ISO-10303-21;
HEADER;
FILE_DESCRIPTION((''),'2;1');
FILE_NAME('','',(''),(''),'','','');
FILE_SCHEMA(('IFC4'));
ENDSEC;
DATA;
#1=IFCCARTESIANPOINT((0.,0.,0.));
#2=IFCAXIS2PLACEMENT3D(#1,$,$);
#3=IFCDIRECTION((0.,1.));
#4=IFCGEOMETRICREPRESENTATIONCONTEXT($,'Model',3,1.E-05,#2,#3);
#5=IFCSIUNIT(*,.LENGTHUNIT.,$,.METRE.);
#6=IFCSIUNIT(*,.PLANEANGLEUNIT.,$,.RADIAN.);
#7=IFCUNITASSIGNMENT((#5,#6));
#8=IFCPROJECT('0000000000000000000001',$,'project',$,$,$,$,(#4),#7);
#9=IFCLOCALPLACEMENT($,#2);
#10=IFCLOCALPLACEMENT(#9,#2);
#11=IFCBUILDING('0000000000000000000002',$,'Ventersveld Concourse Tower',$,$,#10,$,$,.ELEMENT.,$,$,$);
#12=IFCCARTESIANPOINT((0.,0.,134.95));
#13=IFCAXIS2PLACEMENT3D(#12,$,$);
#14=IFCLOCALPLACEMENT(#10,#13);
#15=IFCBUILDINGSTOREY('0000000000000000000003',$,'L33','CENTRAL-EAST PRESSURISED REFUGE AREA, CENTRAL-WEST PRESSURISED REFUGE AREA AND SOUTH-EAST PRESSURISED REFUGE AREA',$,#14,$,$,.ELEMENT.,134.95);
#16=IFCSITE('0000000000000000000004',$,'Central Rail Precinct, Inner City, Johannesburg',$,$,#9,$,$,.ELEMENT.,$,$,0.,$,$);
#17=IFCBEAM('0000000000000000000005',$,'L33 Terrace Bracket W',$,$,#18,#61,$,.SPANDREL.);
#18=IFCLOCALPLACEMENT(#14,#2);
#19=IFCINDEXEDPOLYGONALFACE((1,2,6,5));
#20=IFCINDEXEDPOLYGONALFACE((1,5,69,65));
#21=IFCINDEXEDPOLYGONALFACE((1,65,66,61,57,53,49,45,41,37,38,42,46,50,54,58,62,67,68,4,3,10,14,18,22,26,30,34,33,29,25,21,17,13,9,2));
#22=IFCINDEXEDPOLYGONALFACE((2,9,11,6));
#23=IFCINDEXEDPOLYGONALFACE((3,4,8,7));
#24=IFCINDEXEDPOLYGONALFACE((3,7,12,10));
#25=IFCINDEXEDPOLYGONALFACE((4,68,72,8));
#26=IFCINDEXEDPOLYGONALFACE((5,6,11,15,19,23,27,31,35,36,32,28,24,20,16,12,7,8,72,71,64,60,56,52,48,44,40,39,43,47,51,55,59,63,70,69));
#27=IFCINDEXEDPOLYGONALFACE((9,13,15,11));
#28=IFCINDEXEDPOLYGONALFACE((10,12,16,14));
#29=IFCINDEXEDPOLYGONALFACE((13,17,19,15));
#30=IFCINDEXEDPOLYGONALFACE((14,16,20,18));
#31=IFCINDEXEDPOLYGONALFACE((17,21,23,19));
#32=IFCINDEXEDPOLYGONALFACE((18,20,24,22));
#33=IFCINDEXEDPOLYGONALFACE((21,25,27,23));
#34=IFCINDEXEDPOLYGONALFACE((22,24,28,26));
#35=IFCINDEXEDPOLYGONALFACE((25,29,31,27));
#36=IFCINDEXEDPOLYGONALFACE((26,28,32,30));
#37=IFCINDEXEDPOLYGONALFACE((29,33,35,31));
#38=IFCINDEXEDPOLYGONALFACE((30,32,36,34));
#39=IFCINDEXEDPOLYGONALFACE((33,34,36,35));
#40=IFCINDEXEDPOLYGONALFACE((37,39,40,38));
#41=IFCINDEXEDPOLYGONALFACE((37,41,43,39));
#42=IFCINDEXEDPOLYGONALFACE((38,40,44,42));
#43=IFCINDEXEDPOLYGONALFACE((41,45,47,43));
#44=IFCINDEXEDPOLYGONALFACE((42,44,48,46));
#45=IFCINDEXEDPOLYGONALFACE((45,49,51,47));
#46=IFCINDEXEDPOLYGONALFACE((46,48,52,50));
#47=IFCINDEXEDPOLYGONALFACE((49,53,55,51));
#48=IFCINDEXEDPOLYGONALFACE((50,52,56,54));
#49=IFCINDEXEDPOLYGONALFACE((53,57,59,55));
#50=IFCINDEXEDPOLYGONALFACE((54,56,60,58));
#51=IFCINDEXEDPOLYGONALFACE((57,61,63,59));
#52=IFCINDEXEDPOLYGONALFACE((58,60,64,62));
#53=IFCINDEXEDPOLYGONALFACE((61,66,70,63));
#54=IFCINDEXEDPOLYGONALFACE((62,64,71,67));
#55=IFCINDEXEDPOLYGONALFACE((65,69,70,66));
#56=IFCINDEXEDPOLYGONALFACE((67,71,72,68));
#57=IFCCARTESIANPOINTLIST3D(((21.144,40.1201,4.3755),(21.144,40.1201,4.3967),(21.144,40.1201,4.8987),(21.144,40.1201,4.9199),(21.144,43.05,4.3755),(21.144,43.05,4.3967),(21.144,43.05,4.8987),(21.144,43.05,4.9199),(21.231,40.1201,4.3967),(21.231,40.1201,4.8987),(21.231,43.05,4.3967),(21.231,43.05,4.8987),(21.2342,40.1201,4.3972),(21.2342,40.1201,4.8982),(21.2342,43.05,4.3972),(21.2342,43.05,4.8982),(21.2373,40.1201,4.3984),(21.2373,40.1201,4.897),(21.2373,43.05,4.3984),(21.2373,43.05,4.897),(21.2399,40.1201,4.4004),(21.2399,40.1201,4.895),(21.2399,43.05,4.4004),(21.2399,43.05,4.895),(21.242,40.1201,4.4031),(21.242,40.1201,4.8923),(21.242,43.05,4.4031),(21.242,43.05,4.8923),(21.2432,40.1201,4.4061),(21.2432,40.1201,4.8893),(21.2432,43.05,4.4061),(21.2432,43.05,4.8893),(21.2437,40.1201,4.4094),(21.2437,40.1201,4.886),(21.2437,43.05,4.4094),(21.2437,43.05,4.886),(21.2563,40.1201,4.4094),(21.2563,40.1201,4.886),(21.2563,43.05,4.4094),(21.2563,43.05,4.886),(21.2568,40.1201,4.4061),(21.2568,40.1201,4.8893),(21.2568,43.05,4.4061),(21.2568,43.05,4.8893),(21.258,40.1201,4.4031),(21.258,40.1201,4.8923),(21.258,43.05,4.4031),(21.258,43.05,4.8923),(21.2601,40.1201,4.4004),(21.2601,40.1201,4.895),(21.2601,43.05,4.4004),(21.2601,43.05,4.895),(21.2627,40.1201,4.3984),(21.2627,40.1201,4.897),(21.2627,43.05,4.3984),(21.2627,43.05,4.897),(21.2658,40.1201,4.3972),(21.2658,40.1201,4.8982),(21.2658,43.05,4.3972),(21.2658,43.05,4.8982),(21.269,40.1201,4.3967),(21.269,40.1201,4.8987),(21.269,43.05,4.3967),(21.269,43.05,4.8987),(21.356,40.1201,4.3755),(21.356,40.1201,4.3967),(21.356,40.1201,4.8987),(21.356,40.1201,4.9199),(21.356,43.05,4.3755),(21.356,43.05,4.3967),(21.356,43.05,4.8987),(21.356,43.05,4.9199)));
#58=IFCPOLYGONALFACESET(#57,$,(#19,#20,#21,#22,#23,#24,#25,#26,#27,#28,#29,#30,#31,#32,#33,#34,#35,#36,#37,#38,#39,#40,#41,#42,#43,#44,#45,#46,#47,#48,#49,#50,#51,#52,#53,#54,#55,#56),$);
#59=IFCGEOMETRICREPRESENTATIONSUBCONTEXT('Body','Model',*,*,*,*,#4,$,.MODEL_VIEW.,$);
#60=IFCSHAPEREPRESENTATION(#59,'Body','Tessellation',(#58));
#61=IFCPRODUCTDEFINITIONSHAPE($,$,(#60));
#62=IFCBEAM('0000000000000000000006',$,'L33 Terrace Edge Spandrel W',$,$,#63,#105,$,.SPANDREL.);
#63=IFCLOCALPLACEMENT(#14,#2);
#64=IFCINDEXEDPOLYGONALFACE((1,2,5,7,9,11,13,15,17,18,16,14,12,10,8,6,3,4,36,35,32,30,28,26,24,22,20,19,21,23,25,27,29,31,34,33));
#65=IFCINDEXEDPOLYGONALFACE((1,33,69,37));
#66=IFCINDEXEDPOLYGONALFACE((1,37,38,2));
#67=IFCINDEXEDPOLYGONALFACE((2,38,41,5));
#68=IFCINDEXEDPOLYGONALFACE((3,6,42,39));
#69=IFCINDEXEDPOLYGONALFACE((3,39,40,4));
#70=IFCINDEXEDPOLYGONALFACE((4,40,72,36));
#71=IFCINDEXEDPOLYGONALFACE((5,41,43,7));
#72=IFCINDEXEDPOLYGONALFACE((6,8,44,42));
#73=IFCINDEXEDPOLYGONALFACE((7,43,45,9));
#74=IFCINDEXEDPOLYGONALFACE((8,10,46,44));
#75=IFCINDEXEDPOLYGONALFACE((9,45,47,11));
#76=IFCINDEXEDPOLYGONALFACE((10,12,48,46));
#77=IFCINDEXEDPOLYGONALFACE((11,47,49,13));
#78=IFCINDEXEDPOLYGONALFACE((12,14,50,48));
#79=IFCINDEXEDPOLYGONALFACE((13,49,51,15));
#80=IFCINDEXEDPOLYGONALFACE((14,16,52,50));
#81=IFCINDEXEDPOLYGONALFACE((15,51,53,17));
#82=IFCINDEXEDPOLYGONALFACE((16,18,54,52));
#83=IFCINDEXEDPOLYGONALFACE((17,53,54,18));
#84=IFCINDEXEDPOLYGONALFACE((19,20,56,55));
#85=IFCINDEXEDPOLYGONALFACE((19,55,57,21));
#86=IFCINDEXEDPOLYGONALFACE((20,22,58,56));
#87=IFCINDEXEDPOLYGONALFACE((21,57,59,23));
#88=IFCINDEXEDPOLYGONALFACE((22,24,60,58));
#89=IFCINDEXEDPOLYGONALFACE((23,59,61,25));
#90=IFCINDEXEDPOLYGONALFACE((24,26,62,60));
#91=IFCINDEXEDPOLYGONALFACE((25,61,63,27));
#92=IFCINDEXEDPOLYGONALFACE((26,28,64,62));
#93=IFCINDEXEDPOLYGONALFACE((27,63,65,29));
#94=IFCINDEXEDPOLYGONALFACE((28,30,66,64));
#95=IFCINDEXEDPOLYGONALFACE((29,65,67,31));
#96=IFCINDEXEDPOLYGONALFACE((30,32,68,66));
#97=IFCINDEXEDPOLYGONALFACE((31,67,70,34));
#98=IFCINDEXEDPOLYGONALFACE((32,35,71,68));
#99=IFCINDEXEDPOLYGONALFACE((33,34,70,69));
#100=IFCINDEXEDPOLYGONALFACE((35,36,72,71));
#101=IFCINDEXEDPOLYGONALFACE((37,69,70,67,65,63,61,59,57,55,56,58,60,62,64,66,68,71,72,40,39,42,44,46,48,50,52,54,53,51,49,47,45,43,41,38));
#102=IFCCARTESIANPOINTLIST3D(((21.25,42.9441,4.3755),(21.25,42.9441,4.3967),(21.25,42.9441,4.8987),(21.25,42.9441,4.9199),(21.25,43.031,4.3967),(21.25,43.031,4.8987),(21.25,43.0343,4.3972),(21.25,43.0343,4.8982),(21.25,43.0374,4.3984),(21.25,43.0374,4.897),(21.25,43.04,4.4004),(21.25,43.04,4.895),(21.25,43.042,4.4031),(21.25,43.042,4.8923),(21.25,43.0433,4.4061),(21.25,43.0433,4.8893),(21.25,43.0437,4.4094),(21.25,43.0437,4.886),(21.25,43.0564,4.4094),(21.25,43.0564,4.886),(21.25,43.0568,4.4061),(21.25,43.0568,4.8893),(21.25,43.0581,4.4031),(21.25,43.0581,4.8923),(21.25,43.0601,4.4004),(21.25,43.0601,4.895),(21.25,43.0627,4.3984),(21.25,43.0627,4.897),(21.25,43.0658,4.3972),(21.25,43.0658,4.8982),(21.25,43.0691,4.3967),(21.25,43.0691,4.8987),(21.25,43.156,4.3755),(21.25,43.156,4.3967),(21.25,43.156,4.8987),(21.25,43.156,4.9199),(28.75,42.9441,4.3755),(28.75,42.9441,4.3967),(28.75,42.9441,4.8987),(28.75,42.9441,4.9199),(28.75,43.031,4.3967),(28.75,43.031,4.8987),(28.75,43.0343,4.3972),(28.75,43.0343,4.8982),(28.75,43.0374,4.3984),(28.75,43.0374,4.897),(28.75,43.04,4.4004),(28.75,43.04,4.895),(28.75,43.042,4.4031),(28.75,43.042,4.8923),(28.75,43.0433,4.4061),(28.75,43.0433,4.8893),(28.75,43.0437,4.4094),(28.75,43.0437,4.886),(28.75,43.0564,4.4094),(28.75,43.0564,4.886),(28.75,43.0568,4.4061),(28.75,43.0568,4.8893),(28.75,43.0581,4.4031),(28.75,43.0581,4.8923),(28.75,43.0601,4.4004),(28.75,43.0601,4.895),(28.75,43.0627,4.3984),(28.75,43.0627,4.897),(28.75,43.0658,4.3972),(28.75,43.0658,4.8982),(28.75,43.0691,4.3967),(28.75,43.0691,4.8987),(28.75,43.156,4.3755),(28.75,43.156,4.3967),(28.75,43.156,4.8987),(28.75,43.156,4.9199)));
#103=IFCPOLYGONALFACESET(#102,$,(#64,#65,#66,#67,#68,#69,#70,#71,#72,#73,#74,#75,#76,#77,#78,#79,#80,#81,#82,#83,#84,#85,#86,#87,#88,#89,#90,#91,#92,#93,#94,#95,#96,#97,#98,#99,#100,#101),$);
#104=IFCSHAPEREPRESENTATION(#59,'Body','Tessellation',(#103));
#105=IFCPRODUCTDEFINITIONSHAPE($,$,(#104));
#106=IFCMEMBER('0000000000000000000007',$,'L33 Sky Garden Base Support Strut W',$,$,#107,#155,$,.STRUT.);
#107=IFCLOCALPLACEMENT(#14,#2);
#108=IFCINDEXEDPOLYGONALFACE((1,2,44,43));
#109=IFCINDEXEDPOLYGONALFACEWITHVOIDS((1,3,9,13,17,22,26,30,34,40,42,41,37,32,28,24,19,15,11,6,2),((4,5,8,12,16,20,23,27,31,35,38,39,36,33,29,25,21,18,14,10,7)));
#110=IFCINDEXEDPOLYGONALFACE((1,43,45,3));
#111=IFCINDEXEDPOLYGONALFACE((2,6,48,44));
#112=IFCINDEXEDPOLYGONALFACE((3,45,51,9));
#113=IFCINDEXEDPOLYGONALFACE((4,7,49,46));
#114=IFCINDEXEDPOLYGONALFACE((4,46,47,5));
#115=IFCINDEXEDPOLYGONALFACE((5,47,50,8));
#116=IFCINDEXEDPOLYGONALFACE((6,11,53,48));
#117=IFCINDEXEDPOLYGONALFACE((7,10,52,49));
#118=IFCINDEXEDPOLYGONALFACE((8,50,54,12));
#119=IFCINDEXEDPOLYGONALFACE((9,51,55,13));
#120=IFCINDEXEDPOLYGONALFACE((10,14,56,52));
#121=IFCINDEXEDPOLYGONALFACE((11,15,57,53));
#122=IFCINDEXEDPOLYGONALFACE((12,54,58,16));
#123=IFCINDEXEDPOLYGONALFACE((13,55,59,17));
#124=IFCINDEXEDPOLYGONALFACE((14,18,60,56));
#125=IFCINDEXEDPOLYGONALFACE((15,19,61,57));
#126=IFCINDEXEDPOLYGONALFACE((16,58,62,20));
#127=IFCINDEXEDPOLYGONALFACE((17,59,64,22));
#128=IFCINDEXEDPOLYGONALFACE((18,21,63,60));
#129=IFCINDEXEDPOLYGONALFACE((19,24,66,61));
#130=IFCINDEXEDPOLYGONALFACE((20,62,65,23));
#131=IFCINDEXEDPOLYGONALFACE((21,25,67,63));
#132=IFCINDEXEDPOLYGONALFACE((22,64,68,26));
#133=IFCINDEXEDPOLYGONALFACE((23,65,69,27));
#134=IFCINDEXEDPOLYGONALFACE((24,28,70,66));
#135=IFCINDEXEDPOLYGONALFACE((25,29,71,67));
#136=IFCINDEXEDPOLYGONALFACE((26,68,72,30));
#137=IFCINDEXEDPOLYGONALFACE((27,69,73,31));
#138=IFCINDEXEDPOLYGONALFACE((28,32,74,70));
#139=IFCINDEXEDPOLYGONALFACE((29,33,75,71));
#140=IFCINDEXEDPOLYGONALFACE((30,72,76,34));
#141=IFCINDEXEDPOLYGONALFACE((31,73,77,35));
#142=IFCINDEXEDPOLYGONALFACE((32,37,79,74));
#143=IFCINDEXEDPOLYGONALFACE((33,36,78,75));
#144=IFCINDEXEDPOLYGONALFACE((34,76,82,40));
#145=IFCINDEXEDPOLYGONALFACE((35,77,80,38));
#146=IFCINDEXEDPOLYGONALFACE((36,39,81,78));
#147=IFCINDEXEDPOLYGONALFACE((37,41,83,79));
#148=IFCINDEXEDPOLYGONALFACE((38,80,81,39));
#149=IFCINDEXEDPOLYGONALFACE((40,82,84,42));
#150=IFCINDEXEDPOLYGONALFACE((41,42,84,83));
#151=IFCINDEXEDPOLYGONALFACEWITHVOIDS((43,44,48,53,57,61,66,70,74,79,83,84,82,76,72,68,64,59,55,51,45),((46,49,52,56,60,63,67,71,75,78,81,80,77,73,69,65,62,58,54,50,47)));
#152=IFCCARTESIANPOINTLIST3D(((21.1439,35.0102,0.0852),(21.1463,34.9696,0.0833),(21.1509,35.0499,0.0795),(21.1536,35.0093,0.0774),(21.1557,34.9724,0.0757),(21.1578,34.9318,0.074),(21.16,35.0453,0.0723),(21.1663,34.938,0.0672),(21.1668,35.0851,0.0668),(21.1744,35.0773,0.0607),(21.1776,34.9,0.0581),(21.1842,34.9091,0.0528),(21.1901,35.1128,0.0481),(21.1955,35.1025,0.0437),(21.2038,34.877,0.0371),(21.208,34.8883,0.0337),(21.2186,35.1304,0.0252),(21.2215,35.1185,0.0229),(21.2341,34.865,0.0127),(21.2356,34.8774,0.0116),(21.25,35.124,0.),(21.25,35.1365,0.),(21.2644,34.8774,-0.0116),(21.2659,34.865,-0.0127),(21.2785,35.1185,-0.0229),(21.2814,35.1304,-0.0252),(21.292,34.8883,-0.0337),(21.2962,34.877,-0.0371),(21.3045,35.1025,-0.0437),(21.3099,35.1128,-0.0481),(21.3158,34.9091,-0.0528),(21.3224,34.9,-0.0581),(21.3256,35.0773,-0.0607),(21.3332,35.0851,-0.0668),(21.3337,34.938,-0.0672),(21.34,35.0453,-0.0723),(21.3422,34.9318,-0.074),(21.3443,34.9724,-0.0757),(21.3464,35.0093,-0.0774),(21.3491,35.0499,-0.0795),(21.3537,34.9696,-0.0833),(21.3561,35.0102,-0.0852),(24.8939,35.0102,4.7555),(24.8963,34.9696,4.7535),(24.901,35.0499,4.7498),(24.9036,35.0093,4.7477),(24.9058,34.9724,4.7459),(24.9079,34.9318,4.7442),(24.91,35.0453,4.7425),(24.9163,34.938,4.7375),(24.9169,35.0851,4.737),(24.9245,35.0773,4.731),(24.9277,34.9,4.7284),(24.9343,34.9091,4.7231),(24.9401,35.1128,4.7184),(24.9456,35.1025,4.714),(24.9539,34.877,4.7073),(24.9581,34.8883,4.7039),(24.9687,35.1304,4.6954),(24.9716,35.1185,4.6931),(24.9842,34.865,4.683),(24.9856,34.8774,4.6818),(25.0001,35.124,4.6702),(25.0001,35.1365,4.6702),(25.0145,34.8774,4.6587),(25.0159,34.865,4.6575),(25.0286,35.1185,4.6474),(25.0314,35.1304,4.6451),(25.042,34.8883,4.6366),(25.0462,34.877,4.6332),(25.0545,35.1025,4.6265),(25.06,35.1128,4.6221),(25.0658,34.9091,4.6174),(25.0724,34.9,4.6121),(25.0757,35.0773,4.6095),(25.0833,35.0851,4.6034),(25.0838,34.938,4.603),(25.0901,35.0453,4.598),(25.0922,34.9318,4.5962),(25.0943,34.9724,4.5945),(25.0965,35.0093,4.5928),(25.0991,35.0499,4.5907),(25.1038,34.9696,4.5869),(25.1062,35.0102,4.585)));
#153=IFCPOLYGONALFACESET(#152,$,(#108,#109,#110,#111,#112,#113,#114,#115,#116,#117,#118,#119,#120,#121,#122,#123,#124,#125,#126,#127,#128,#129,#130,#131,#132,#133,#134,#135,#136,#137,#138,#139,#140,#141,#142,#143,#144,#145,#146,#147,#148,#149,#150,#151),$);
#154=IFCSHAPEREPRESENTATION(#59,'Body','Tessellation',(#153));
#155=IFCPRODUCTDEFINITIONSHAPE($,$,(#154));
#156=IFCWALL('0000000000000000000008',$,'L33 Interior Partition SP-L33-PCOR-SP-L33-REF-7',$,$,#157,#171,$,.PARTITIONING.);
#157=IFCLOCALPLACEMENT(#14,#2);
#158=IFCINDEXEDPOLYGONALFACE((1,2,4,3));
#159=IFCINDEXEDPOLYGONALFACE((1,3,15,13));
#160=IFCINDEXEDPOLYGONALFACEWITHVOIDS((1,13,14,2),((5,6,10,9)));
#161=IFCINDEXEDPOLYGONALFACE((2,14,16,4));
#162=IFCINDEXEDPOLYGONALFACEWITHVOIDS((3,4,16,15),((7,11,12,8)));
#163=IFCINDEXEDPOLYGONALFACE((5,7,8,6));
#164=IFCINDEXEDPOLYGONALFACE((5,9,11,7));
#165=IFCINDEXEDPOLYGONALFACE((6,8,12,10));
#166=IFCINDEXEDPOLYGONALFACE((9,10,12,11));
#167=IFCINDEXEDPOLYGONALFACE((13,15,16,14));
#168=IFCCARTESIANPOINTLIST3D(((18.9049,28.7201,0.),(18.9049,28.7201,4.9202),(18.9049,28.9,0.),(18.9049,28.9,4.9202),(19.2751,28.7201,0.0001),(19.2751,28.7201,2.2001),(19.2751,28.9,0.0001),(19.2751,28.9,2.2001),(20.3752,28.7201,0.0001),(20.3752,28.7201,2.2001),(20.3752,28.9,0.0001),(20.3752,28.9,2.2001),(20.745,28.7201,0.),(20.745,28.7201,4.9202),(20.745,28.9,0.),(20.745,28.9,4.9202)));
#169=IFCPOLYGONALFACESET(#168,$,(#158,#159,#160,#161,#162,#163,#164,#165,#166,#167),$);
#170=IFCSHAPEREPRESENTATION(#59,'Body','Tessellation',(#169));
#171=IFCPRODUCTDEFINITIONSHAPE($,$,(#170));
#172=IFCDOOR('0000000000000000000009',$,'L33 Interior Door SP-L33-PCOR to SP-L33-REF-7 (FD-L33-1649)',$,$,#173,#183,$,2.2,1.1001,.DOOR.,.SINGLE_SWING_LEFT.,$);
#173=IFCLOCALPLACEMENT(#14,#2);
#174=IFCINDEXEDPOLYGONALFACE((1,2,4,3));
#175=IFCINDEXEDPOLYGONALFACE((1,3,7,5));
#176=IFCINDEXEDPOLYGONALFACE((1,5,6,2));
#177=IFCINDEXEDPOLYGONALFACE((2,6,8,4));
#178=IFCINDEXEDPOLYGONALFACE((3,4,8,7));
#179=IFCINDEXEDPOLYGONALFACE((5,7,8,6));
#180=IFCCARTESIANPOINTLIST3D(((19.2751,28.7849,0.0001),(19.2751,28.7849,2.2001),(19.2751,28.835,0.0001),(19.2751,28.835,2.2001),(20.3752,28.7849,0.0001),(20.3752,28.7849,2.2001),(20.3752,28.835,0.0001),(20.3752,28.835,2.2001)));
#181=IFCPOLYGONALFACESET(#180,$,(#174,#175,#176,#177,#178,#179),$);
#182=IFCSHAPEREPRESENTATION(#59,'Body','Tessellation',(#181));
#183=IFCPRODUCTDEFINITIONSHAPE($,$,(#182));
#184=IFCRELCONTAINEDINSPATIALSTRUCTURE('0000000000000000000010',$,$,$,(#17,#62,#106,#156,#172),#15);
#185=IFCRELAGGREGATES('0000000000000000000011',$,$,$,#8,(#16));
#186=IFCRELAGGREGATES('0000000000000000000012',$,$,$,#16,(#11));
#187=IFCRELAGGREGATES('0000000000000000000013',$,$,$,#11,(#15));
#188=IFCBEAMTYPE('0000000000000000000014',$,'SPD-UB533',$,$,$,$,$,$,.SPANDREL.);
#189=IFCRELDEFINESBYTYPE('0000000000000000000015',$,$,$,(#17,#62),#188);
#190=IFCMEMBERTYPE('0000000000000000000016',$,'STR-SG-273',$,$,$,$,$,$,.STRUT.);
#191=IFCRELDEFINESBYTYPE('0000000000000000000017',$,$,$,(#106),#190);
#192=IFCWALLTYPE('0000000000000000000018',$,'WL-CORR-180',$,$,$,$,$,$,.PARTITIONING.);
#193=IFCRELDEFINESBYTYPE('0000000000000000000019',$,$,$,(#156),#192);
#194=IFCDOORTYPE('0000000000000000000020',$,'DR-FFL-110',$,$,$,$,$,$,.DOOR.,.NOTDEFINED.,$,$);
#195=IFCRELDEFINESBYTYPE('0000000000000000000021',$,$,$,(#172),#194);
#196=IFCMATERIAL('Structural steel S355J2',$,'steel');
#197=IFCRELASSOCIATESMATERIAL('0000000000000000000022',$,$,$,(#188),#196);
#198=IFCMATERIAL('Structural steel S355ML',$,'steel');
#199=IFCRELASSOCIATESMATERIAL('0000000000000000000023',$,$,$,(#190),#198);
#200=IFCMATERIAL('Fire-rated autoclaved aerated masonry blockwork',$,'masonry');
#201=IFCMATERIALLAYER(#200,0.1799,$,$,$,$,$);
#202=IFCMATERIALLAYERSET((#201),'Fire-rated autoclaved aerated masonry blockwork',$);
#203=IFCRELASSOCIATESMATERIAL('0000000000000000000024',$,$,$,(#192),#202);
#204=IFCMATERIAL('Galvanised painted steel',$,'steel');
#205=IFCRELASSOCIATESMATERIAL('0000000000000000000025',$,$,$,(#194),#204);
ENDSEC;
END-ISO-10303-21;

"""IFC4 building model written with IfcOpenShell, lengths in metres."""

from ifc_helpers import new_model, si_unit, direction, frame, frame_2d, origin, origin_2d, place, context, subcontext, project, spatial, rectangle, hollow_circle, i_section, extrude, material, layer, layer_set, material_profile, profile_set, type_object, element, fill, save


model = new_model("IFC4")

# Units and contexts
model_context = context("Model", 3, precision=1e-05, world=origin(), true_north=direction((0.0, 1.0)))
body_context = subcontext(model_context, "Body", "Model", "MODEL_VIEW")
ifc_project = project(units=[si_unit("LENGTHUNIT", "METRE"), si_unit("PLANEANGLEUNIT", "RADIAN")], contexts=[model_context])

# Site, building, storey
site_placement = place(None, origin())
site = spatial("IfcSite", under=ifc_project, at=site_placement, Name="Central Rail Precinct, Inner City, Johannesburg", CompositionType="ELEMENT", RefElevation=0.0)
building_placement = place(site_placement, origin())
building = spatial("IfcBuilding", under=site, at=building_placement, Name="Ventersveld Concourse Tower", CompositionType="ELEMENT")
storey_placement = place(building_placement, frame((0.0, 0.0, 134.95)))
storey = spatial("IfcBuildingStorey", under=building, at=storey_placement, Name="L33", Description="CENTRAL-EAST PRESSURISED REFUGE AREA, CENTRAL-WEST PRESSURISED REFUGE AREA AND SOUTH-EAST PRESSURISED REFUGE AREA", CompositionType="ELEMENT", Elevation=134.95)

# Shared definitions
ifc_material_1 = material(Name="Structural steel S355ML", Category="steel")

# Shared definitions
ifc_material_2 = material(Name="Structural steel S355J2", Category="steel")

# Beams
ifc_material_profile_1 = material_profile(ifc_material_2, i_section(OverallWidth=0.2119, OverallDepth=0.5444, WebThickness=0.0127, FlangeThickness=0.0212, FilletRadius=0.0127, at=origin_2d()), Name="UB 533x210x122")
ifc_profile_set_1 = profile_set([ifc_material_profile_1], Name="Structural steel S355J2")
beam_type_1 = type_object("IfcBeamType", Name="SPD-UB533", PredefinedType="SPANDREL", material=ifc_profile_set_1)
beam_1_placement = place(storey_placement, frame((21.25, 40.1201, 4.6477), z_axis=(0.0, 1.0, 0.0), x_axis=(-1.0, 0.0, 0.0)))
element("IfcBeam", 1, at=beam_1_placement, inside=storey, type_object=beam_type_1, Name="L33 Terrace Bracket W", PredefinedType="SPANDREL", context=body_context, shape_type="SweptSolid", body=[
    extrude(i_section(OverallWidth=0.2119, OverallDepth=0.5444, WebThickness=0.0127, FlangeThickness=0.0212, FilletRadius=0.0127, at=origin_2d()), origin(), (0.0, 0.0, 1.0), 2.9299),
])
beam_2_placement = place(storey_placement, frame((21.25, 43.05, 4.6477), z_axis=(1.0, 0.0, 0.0), x_axis=(0.0, 1.0, 0.0)))
element("IfcBeam", 2, at=beam_2_placement, inside=storey, type_object=beam_type_1, Name="L33 Terrace Edge Spandrel W", PredefinedType="SPANDREL", context=body_context, shape_type="SweptSolid", body=[
    extrude(i_section(OverallWidth=0.2119, OverallDepth=0.5444, WebThickness=0.0127, FlangeThickness=0.0212, FilletRadius=0.0127, at=origin_2d()), origin(), (0.0, 0.0, 1.0), 7.5),
])

# Member
ifc_material_profile_2 = material_profile(ifc_material_1, hollow_circle(Radius=0.1365, WallThickness=0.0125, at=origin_2d()), Name="CHS 273x12.5")
ifc_profile_set_2 = profile_set([ifc_material_profile_2], Name="Structural steel S355ML")
member_type_1 = type_object("IfcMemberType", Name="STR-SG-273", PredefinedType="STRUT", material=ifc_profile_set_2)
member_1_placement = place(storey_placement, frame((21.25, 35.0, 0.0), z_axis=(0.626106, 0.0, 0.779738), x_axis=(0.0, 1.0, 0.0)))
element("IfcMember", 3, at=member_1_placement, inside=storey, type_object=member_type_1, Name="L33 Sky Garden Base Support Strut W", PredefinedType="STRUT", context=body_context, shape_type="SweptSolid", body=[
    extrude(hollow_circle(Radius=0.1365, WallThickness=0.0125, at=origin_2d()), origin(), (0.0, 0.0, 1.0), 5.9895),
])

# Wall, opening, door
ifc_material_3 = material(Name="Fire-rated autoclaved aerated masonry blockwork", Category="masonry")
ifc_layer_1 = layer(ifc_material_3, 0.1799)
ifc_layer_set_1 = layer_set([ifc_layer_1], Name="Fire-rated autoclaved aerated masonry blockwork")
wall_type_1 = type_object("IfcWallType", Name="WL-CORR-180", PredefinedType="PARTITIONING", material=ifc_layer_set_1)
wall_1_placement = place(storey_placement, frame((18.905, 28.8101, 0.0), z_axis=(0.0, 0.0, 1.0), x_axis=(1.0, 0.0, 0.0)))
wall_1 = element("IfcWall", 4, at=wall_1_placement, inside=storey, type_object=wall_type_1, Name="L33 Interior Partition SP-L33-PCOR-SP-L33-REF-7", PredefinedType="PARTITIONING", context=body_context, shape_type="SweptSolid", body=[
    extrude(rectangle(XDim=1.8401, YDim=0.1799, at=frame_2d((0.9199, 0.0))), origin(), (0.0, 0.0, 1.0), 4.9202),
])
opening_placement = place(wall_1_placement, frame((0.3701, 0.0, 0.0)))
opening = element("IfcOpeningElement", 5, at=opening_placement, cuts=wall_1, PredefinedType="OPENING", context=body_context, shape_type="SweptSolid", body=[
    extrude(rectangle(XDim=1.1001, YDim=2.2, at=frame_2d((0.55, 1.1001))), frame((0.0, 0.1001, 0.0), z_axis=(0.0, -1.0, 0.0), x_axis=(1.0, 0.0, 0.0)), (0.0, 0.0, 1.0), 0.2),
])
ifc_material_4 = material(Name="Galvanised painted steel", Category="steel")
door_type = type_object("IfcDoorType", Name="DR-FFL-110", OperationType="NOTDEFINED", PredefinedType="DOOR", material=ifc_material_4)
door_placement = place(opening_placement, origin())
door = element("IfcDoor", 6, at=door_placement, inside=storey, type_object=door_type, Name="L33 Interior Door SP-L33-PCOR to SP-L33-REF-7 (FD-L33-1649)", OperationType="SINGLE_SWING_LEFT", OverallHeight=2.2, OverallWidth=1.1001, PredefinedType="DOOR", context=body_context, shape_type="SweptSolid", body=[
    extrude(rectangle(XDim=1.1001, YDim=2.2, at=frame_2d((0.55, 1.1001))), frame((0.0, 0.0249, 0.0), z_axis=(0.0, -1.0, 0.0), x_axis=(1.0, 0.0, 0.0)), (0.0, 0.0, 1.0), 0.05),
])
fill(opening, door)

save(model, "model.ifc")
